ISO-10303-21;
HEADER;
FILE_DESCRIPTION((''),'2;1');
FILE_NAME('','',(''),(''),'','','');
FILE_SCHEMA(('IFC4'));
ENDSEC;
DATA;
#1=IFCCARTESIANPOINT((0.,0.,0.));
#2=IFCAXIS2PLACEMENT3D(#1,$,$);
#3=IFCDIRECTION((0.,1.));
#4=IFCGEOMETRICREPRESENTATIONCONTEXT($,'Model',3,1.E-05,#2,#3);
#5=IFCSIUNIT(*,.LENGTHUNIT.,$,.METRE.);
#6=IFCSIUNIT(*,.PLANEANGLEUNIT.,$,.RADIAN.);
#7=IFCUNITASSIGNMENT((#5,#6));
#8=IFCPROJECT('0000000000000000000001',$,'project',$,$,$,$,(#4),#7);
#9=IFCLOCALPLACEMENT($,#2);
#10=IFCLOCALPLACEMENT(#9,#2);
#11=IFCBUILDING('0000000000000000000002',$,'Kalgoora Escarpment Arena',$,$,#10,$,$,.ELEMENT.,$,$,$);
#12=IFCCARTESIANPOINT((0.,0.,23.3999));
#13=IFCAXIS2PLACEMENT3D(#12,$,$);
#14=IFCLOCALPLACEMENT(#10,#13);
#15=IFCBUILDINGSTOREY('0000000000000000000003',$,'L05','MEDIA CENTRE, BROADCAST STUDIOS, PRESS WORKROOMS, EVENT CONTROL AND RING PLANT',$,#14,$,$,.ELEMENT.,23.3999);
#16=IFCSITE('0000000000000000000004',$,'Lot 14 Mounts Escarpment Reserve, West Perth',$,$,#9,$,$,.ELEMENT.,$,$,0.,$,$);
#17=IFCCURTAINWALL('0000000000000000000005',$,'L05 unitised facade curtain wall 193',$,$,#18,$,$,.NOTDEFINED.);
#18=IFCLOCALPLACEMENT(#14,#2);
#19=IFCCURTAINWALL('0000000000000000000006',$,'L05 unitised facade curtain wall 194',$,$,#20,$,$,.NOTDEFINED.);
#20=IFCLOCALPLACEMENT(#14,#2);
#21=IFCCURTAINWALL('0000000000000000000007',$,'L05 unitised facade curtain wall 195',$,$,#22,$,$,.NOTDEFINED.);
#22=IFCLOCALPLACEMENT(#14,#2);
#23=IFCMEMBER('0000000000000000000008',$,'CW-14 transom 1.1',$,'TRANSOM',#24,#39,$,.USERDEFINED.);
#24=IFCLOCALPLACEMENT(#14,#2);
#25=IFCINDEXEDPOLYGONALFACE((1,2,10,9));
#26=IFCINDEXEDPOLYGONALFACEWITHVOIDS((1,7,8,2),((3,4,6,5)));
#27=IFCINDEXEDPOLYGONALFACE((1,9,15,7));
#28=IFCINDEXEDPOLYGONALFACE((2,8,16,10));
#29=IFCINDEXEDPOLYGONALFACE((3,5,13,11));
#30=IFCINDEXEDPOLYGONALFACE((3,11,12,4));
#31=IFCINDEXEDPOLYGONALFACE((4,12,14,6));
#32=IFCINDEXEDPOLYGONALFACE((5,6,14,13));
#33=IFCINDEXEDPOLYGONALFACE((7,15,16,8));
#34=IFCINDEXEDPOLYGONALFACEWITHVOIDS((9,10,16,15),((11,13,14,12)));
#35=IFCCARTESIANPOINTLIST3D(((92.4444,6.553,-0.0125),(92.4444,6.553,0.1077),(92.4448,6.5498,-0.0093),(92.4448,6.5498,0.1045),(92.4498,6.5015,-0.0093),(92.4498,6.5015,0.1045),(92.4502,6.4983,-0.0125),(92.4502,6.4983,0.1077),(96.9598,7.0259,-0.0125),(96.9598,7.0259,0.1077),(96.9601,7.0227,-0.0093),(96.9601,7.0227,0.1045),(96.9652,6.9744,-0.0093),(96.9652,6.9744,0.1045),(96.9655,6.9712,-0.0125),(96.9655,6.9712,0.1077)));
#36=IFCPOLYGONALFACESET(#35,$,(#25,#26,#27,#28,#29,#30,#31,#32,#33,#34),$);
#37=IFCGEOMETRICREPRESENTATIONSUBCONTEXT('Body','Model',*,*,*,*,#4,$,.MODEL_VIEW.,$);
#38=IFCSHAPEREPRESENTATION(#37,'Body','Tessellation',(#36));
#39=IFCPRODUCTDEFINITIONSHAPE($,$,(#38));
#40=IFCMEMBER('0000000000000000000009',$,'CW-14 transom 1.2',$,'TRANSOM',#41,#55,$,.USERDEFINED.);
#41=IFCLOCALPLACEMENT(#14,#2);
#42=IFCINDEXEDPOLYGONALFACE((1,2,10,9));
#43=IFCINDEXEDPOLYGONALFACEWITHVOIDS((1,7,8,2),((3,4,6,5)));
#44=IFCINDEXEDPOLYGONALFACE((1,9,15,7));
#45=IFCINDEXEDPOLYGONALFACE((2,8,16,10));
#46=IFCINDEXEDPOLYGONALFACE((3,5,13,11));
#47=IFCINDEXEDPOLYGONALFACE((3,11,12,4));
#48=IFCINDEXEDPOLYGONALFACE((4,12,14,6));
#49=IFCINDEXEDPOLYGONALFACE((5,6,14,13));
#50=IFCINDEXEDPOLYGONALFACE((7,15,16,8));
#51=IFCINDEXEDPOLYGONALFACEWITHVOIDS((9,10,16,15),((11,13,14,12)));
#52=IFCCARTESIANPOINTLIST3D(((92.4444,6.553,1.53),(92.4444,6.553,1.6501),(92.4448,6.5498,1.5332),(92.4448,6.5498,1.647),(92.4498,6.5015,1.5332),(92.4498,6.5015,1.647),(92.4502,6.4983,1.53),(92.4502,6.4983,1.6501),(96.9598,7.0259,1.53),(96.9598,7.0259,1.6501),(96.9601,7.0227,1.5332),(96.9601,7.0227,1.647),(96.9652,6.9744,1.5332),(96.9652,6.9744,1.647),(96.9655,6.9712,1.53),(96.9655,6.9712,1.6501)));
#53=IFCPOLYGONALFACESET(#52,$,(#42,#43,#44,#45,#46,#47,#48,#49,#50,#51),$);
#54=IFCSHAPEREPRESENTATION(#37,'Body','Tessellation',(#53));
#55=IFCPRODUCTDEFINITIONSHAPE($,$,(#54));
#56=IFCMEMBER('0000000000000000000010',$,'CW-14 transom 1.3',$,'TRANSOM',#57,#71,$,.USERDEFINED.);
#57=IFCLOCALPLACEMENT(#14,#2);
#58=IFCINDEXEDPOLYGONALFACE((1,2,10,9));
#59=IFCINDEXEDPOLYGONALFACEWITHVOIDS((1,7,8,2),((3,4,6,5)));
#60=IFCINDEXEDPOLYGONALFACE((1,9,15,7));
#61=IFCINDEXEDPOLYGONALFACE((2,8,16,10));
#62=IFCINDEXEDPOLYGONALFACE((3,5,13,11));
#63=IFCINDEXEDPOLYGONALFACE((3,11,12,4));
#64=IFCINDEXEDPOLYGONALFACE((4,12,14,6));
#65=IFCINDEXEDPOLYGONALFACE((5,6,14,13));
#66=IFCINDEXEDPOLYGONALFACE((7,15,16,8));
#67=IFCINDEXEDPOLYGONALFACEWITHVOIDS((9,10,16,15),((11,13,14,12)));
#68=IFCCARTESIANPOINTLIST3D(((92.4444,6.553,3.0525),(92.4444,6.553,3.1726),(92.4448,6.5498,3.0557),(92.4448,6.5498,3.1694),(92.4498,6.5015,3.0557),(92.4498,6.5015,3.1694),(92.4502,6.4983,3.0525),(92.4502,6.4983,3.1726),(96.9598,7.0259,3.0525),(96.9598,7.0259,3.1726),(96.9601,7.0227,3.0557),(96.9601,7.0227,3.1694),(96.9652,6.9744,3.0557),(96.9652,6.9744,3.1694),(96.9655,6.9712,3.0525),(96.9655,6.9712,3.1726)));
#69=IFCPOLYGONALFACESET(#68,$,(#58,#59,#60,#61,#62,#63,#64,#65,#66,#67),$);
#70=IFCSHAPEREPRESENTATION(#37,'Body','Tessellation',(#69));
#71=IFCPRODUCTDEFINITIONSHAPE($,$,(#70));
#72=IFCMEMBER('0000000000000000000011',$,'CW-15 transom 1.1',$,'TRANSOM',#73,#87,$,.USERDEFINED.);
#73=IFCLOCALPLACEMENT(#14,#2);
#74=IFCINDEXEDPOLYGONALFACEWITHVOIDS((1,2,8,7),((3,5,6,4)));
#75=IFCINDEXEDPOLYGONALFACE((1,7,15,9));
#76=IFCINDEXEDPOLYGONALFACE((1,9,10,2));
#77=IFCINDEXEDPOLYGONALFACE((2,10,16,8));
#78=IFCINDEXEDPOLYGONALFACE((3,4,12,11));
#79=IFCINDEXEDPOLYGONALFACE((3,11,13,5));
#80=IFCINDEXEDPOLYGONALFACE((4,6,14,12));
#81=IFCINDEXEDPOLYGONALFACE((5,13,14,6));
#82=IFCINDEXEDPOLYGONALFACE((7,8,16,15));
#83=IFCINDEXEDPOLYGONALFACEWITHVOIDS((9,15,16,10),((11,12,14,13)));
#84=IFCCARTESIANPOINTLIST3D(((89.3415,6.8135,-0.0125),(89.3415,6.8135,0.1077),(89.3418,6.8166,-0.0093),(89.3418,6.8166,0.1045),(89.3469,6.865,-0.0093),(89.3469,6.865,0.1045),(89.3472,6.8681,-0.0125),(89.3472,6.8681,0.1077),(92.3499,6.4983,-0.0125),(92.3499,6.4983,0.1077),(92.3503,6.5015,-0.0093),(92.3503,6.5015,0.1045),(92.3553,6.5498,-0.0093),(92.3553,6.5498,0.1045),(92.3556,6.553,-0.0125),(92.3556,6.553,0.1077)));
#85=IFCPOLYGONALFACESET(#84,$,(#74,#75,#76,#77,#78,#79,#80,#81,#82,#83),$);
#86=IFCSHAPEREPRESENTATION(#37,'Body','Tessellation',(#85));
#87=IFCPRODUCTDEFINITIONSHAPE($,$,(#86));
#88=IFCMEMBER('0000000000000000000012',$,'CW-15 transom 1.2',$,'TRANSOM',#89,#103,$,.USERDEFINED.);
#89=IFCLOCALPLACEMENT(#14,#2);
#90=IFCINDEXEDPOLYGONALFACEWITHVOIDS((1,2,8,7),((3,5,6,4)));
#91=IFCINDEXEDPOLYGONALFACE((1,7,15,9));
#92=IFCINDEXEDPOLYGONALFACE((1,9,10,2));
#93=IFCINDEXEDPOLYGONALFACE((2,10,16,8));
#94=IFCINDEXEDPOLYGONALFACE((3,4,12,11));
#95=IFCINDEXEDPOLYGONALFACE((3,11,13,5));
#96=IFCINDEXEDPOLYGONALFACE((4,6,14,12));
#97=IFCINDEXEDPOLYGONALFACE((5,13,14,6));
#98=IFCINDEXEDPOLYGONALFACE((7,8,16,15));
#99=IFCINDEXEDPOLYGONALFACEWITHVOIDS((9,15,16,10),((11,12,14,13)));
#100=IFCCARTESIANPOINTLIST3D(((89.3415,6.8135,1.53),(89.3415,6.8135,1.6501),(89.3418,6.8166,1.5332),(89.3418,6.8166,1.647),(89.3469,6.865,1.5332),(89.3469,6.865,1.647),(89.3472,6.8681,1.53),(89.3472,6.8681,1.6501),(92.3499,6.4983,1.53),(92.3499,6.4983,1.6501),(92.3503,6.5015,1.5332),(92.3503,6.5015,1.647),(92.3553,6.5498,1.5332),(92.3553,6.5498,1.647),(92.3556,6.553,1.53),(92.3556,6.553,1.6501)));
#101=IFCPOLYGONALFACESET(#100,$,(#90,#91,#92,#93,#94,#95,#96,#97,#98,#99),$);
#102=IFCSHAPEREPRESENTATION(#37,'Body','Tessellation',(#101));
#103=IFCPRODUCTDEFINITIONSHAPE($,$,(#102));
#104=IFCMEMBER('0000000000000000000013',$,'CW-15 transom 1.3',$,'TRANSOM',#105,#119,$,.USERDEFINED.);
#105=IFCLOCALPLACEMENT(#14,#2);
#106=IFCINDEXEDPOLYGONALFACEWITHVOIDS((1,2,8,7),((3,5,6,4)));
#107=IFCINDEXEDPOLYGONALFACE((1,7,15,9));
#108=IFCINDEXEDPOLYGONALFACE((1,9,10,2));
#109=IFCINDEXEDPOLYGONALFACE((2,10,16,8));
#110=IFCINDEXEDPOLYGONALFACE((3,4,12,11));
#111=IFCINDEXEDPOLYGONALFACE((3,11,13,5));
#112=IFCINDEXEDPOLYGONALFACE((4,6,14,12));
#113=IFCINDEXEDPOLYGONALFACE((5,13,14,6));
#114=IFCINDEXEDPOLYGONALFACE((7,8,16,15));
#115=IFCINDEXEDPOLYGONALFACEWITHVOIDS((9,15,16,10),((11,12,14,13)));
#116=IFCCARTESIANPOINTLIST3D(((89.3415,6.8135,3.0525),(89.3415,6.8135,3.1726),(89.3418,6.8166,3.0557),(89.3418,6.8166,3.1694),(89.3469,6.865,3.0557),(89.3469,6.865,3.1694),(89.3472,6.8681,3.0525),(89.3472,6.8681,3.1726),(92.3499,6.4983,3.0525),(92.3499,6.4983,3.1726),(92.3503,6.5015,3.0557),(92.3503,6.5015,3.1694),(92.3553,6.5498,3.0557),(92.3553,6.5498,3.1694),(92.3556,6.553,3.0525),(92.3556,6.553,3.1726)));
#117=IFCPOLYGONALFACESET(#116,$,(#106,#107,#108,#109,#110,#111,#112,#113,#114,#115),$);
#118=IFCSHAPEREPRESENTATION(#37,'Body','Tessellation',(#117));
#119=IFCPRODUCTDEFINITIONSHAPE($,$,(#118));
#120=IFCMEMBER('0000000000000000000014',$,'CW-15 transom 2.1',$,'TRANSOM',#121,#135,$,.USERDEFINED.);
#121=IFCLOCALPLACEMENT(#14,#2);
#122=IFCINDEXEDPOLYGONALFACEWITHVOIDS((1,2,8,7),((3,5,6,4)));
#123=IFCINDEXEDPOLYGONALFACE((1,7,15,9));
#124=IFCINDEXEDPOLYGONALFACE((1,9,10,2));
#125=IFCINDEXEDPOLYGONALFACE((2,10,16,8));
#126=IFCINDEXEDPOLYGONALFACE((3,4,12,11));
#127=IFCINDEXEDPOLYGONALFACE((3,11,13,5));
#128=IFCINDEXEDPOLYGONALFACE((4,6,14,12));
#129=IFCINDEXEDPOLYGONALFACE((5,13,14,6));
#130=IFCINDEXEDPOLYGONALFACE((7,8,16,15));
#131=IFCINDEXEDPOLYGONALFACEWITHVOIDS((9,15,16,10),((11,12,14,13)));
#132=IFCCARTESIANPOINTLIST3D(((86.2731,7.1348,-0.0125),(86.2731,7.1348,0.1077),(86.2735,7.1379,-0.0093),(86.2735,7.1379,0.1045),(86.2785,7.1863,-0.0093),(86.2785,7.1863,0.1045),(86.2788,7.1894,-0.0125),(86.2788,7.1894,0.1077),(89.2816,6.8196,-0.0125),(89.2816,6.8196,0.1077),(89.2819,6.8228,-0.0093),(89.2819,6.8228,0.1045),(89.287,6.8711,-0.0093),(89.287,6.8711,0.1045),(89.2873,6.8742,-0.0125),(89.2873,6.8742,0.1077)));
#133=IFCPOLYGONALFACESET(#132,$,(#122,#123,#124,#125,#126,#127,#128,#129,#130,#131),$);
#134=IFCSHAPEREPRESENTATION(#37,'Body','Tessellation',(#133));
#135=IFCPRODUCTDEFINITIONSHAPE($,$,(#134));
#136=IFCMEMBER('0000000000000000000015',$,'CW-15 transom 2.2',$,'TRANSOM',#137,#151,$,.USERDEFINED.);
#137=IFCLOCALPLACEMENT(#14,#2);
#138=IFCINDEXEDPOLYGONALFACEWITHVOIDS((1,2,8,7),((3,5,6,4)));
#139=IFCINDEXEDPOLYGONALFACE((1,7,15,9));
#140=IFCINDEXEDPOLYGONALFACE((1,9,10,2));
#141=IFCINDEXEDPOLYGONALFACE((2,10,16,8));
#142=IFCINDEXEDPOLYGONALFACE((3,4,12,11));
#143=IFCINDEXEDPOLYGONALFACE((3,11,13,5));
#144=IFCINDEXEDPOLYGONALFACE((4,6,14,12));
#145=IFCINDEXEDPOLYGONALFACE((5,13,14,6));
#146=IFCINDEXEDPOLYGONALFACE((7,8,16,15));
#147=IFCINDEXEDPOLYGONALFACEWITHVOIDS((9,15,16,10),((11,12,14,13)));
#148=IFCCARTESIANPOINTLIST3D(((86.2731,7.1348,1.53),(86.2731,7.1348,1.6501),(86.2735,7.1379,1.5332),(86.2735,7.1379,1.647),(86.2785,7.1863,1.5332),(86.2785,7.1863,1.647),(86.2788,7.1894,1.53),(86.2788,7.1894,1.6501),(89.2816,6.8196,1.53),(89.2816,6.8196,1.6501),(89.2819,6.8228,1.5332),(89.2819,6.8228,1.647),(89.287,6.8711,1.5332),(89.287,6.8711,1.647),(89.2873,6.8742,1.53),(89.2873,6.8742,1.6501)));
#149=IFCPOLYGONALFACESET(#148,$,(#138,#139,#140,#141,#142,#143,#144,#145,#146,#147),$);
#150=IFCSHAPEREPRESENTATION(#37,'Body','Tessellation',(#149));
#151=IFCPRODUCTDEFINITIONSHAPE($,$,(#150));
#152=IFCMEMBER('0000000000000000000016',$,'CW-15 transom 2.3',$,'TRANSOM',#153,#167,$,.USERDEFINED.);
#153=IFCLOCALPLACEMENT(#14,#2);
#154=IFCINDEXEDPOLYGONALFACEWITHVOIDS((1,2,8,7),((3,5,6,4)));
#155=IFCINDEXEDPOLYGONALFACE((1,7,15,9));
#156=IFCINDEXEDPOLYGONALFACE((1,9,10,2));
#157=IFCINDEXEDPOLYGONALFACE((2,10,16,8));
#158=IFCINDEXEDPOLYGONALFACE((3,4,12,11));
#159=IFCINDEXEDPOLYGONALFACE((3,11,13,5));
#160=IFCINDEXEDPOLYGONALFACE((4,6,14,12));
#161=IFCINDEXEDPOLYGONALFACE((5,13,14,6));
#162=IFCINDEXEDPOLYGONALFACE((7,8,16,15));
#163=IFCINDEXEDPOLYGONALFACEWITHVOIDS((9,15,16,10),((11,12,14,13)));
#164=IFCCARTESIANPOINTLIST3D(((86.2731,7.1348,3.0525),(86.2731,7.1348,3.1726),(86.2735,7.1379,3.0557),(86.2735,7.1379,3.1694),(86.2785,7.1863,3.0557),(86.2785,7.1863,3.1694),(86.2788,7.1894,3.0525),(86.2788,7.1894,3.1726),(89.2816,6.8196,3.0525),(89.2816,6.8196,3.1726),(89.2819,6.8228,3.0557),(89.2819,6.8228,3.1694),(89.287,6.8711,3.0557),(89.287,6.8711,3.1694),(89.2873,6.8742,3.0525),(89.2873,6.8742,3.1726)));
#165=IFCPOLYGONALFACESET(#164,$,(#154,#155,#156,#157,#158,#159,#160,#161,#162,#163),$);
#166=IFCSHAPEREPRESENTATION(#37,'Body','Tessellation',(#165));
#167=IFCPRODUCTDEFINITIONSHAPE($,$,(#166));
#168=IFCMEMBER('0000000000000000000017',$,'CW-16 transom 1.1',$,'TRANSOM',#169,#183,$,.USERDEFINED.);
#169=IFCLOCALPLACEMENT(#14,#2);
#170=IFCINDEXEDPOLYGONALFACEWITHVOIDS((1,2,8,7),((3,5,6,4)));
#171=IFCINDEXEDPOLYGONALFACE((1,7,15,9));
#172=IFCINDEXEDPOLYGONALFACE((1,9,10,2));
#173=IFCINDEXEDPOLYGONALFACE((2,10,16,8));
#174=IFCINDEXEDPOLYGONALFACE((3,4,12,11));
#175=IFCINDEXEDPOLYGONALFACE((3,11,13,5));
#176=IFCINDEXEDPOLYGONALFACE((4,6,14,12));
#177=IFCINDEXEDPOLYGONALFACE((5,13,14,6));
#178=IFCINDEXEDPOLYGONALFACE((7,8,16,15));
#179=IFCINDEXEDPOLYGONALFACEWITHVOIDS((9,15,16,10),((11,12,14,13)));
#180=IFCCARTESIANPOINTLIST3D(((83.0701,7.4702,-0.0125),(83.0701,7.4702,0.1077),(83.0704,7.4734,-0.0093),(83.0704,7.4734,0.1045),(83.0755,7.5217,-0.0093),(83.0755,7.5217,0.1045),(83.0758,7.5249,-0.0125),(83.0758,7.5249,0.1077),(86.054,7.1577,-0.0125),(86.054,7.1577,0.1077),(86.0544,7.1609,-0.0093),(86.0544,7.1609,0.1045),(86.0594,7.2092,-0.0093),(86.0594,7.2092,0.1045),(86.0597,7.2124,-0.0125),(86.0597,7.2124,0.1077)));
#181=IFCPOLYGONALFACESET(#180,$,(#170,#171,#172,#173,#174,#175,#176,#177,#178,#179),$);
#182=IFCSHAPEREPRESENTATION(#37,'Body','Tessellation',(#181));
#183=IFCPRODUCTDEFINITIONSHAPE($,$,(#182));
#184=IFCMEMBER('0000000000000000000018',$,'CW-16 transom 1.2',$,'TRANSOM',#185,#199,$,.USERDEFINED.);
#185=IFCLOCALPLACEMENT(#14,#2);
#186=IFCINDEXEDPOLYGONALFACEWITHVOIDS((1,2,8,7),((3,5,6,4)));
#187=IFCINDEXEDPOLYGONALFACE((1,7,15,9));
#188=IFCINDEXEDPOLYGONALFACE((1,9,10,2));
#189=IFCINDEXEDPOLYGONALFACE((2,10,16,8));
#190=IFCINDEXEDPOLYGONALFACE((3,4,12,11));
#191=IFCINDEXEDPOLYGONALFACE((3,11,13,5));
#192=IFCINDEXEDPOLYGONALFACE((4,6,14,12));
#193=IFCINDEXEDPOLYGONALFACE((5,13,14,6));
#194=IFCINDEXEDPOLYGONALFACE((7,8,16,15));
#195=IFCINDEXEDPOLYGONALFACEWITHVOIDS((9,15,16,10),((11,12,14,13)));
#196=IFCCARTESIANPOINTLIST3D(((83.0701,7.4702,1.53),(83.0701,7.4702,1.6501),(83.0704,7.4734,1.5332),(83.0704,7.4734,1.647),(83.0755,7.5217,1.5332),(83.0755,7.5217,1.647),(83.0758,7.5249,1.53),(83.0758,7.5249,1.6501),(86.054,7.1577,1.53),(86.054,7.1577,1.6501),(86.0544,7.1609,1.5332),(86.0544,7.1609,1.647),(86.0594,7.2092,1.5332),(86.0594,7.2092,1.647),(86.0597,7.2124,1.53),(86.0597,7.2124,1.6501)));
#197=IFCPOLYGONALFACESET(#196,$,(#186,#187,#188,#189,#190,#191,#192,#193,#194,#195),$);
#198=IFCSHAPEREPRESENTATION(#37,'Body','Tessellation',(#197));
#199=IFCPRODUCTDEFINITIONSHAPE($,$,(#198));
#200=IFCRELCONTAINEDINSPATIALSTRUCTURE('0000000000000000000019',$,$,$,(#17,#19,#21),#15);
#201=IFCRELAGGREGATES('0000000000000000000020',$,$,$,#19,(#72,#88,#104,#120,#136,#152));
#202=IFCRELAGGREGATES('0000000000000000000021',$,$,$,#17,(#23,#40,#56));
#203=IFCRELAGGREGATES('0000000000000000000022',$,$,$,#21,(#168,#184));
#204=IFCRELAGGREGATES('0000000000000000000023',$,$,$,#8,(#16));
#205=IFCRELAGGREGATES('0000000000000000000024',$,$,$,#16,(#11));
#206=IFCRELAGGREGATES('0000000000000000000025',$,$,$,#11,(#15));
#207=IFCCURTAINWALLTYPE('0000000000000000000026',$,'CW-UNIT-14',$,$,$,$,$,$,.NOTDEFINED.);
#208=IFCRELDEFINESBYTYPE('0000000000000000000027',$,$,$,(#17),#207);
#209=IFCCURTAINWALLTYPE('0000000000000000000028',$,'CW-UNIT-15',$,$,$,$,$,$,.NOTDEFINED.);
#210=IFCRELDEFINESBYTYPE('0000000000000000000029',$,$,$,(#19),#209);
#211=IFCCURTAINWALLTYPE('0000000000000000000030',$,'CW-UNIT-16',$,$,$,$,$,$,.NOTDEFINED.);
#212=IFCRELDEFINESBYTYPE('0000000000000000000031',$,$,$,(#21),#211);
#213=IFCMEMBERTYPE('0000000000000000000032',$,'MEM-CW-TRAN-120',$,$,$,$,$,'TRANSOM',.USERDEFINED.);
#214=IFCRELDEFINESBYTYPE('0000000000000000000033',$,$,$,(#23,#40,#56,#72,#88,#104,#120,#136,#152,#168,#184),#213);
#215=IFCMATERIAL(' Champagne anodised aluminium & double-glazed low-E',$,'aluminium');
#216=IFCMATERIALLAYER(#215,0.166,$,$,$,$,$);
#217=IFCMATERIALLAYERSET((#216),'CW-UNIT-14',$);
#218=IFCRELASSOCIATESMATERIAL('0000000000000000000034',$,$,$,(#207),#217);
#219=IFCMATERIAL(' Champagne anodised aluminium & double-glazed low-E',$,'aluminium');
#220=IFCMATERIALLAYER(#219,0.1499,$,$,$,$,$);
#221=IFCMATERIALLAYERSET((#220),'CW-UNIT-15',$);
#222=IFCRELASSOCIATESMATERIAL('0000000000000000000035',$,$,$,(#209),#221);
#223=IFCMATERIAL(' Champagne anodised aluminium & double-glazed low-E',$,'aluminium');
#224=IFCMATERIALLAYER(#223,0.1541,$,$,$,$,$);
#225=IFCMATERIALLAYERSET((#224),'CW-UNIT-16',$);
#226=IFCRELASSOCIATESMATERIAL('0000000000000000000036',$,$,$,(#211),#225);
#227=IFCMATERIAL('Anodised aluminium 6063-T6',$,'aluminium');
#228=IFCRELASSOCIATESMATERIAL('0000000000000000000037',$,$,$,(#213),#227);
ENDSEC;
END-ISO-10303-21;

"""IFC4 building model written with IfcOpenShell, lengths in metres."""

from ifc_helpers import new_model, si_unit, direction, frame, origin, origin_2d, place, context, subcontext, project, spatial, hollow_rectangle, extrude, material, layer, layer_set, material_profile, profile_set, type_object, element, aggregate, save


model = new_model("IFC4")

# Units and contexts
model_context = context("Model", 3, precision=1e-05, world=origin(), true_north=direction((0.0, 1.0)))
body_context = subcontext(model_context, "Body", "Model", "MODEL_VIEW")
ifc_project = project(units=[si_unit("LENGTHUNIT", "METRE"), si_unit("PLANEANGLEUNIT", "RADIAN")], contexts=[model_context])

# Site, building, storey
site_placement = place(None, origin())
site = spatial("IfcSite", under=ifc_project, at=site_placement, Name="Lot 14 Mounts Escarpment Reserve, West Perth", CompositionType="ELEMENT", RefElevation=0.0)
building_placement = place(site_placement, origin())
building = spatial("IfcBuilding", under=site, at=building_placement, Name="Kalgoora Escarpment Arena", CompositionType="ELEMENT")
storey_placement = place(building_placement, frame((0.0, 0.0, 23.3999)))
storey = spatial("IfcBuildingStorey", under=building, at=storey_placement, Name="L05", Description="MEDIA CENTRE, BROADCAST STUDIOS, PRESS WORKROOMS, EVENT CONTROL AND RING PLANT", CompositionType="ELEMENT", Elevation=23.3999)

# Curtain walls
ifc_material_1 = material(Name=" Champagne anodised aluminium & double-glazed low-E", Category="aluminium")
ifc_layer_1 = layer(ifc_material_1, 0.166)
ifc_layer_set_1 = layer_set([ifc_layer_1], Name="CW-UNIT-14")
curtain_wall_type_1 = type_object("IfcCurtainWallType", Name="CW-UNIT-14", PredefinedType="NOTDEFINED", material=ifc_layer_set_1)
curtain_wall_1_placement = place(storey_placement, origin())
curtain_wall_1 = element("IfcCurtainWall", 1, at=curtain_wall_1_placement, inside=storey, type_object=curtain_wall_type_1, Name="L05 unitised facade curtain wall 193", PredefinedType="NOTDEFINED")
ifc_material_2 = material(Name=" Champagne anodised aluminium & double-glazed low-E", Category="aluminium")
ifc_layer_2 = layer(ifc_material_2, 0.1499)
ifc_layer_set_2 = layer_set([ifc_layer_2], Name="CW-UNIT-15")
curtain_wall_type_2 = type_object("IfcCurtainWallType", Name="CW-UNIT-15", PredefinedType="NOTDEFINED", material=ifc_layer_set_2)
curtain_wall_2_placement = place(storey_placement, origin())
curtain_wall_2 = element("IfcCurtainWall", 2, at=curtain_wall_2_placement, inside=storey, type_object=curtain_wall_type_2, Name="L05 unitised facade curtain wall 194", PredefinedType="NOTDEFINED")

# Curtain wall
ifc_material_3 = material(Name=" Champagne anodised aluminium & double-glazed low-E", Category="aluminium")
ifc_layer_3 = layer(ifc_material_3, 0.1541)
ifc_layer_set_3 = layer_set([ifc_layer_3], Name="CW-UNIT-16")
curtain_wall_type_3 = type_object("IfcCurtainWallType", Name="CW-UNIT-16", PredefinedType="NOTDEFINED", material=ifc_layer_set_3)
curtain_wall_3_placement = place(storey_placement, origin())
curtain_wall_3 = element("IfcCurtainWall", 3, at=curtain_wall_3_placement, inside=storey, type_object=curtain_wall_type_3, Name="L05 unitised facade curtain wall 195", PredefinedType="NOTDEFINED")

# Members
ifc_material_4 = material(Name="Anodised aluminium 6063-T6", Category="aluminium")
ifc_material_profile_1 = material_profile(ifc_material_4, hollow_rectangle(XDim=0.0549, YDim=0.1201, WallThickness=0.0032, at=origin_2d()))
ifc_profile_set_1 = profile_set([ifc_material_profile_1], Name="Anodised aluminium 6063-T6")
member_type_1 = type_object("IfcMemberType", Name="MEM-CW-TRAN-120", ElementType="TRANSOM", PredefinedType="USERDEFINED", material=ifc_profile_set_1)
member_1_placement = place(storey_placement, frame((96.9626, 6.9985, 0.0476), z_axis=(-0.99456, -0.104161, 0.0), x_axis=(0.104161, -0.99456, 0.0)))
member_1 = element("IfcMember", 4, at=member_1_placement, type_object=member_type_1, Name="CW-14 transom 1.1", ObjectType="TRANSOM", PredefinedType="USERDEFINED", context=body_context, shape_type="SweptSolid", body=[
    extrude(hollow_rectangle(XDim=0.0549, YDim=0.1201, WallThickness=0.0032, at=origin_2d()), origin(), (0.0, 0.0, 1.0), 4.54),
])
member_2_placement = place(storey_placement, frame((96.9626, 6.9985, 1.5901), z_axis=(-0.99456, -0.104161, 0.0), x_axis=(0.104161, -0.99456, 0.0)))
member_2 = element("IfcMember", 5, at=member_2_placement, type_object=member_type_1, Name="CW-14 transom 1.2", ObjectType="TRANSOM", PredefinedType="USERDEFINED", context=body_context, shape_type="SweptSolid", body=[
    extrude(hollow_rectangle(XDim=0.0549, YDim=0.1201, WallThickness=0.0032, at=origin_2d()), origin(), (0.0, 0.0, 1.0), 4.54),
])
member_3_placement = place(storey_placement, frame((96.9626, 6.9985, 3.1125), z_axis=(-0.99456, -0.104161, 0.0), x_axis=(0.104161, -0.99456, 0.0)))
member_3 = element("IfcMember", 6, at=member_3_placement, type_object=member_type_1, Name="CW-14 transom 1.3", ObjectType="TRANSOM", PredefinedType="USERDEFINED", context=body_context, shape_type="SweptSolid", body=[
    extrude(hollow_rectangle(XDim=0.0549, YDim=0.1201, WallThickness=0.0032, at=origin_2d()), origin(), (0.0, 0.0, 1.0), 4.54),
])
member_4_placement = place(storey_placement, frame((92.3528, 6.5256, 0.0476), z_axis=(-0.994557, 0.104193, 0.0), x_axis=(-0.104193, -0.994557, 0.0)))
member_4 = element("IfcMember", 7, at=member_4_placement, type_object=member_type_1, Name="CW-15 transom 1.1", ObjectType="TRANSOM", PredefinedType="USERDEFINED", context=body_context, shape_type="SweptSolid", body=[
    extrude(hollow_rectangle(XDim=0.0549, YDim=0.1201, WallThickness=0.0032, at=origin_2d()), origin(), (0.0, 0.0, 1.0), 3.0249),
])
member_5_placement = place(storey_placement, frame((92.3528, 6.5256, 1.5901), z_axis=(-0.994557, 0.104193, 0.0), x_axis=(-0.104193, -0.994557, 0.0)))
member_5 = element("IfcMember", 8, at=member_5_placement, type_object=member_type_1, Name="CW-15 transom 1.2", ObjectType="TRANSOM", PredefinedType="USERDEFINED", context=body_context, shape_type="SweptSolid", body=[
    extrude(hollow_rectangle(XDim=0.0549, YDim=0.1201, WallThickness=0.0032, at=origin_2d()), origin(), (0.0, 0.0, 1.0), 3.0249),
])
member_6_placement = place(storey_placement, frame((92.3528, 6.5256, 3.1125), z_axis=(-0.994557, 0.104193, 0.0), x_axis=(-0.104193, -0.994557, 0.0)))
member_6 = element("IfcMember", 9, at=member_6_placement, type_object=member_type_1, Name="CW-15 transom 1.3", ObjectType="TRANSOM", PredefinedType="USERDEFINED", context=body_context, shape_type="SweptSolid", body=[
    extrude(hollow_rectangle(XDim=0.0549, YDim=0.1201, WallThickness=0.0032, at=origin_2d()), origin(), (0.0, 0.0, 1.0), 3.0249),
])
member_7_placement = place(storey_placement, frame((89.2844, 6.8469, 0.0476), z_axis=(-0.994557, 0.104193, 0.0), x_axis=(-0.104193, -0.994557, 0.0)))
member_7 = element("IfcMember", 10, at=member_7_placement, type_object=member_type_1, Name="CW-15 transom 2.1", ObjectType="TRANSOM", PredefinedType="USERDEFINED", context=body_context, shape_type="SweptSolid", body=[
    extrude(hollow_rectangle(XDim=0.0549, YDim=0.1201, WallThickness=0.0032, at=origin_2d()), origin(), (0.0, 0.0, 1.0), 3.0249),
])
member_8_placement = place(storey_placement, frame((89.2844, 6.8469, 1.5901), z_axis=(-0.994557, 0.104193, 0.0), x_axis=(-0.104193, -0.994557, 0.0)))
member_8 = element("IfcMember", 11, at=member_8_placement, type_object=member_type_1, Name="CW-15 transom 2.2", ObjectType="TRANSOM", PredefinedType="USERDEFINED", context=body_context, shape_type="SweptSolid", body=[
    extrude(hollow_rectangle(XDim=0.0549, YDim=0.1201, WallThickness=0.0032, at=origin_2d()), origin(), (0.0, 0.0, 1.0), 3.0249),
])
member_9_placement = place(storey_placement, frame((89.2844, 6.8469, 3.1125), z_axis=(-0.994557, 0.104193, 0.0), x_axis=(-0.104193, -0.994557, 0.0)))
member_9 = element("IfcMember", 12, at=member_9_placement, type_object=member_type_1, Name="CW-15 transom 2.3", ObjectType="TRANSOM", PredefinedType="USERDEFINED", context=body_context, shape_type="SweptSolid", body=[
    extrude(hollow_rectangle(XDim=0.0549, YDim=0.1201, WallThickness=0.0032, at=origin_2d()), origin(), (0.0, 0.0, 1.0), 3.0249),
])
member_10_placement = place(storey_placement, frame((86.0569, 7.1851, 0.0476), z_axis=(-0.994561, 0.10416, 0.0), x_axis=(-0.10416, -0.994561, 0.0)))
member_10 = element("IfcMember", 13, at=member_10_placement, type_object=member_type_1, Name="CW-16 transom 1.1", ObjectType="TRANSOM", PredefinedType="USERDEFINED", context=body_context, shape_type="SweptSolid", body=[
    extrude(hollow_rectangle(XDim=0.0549, YDim=0.1201, WallThickness=0.0032, at=origin_2d()), origin(), (0.0, 0.0, 1.0), 3.0002),
])
member_11_placement = place(storey_placement, frame((86.0569, 7.1851, 1.5901), z_axis=(-0.994561, 0.10416, 0.0), x_axis=(-0.10416, -0.994561, 0.0)))
member_11 = element("IfcMember", 14, at=member_11_placement, type_object=member_type_1, Name="CW-16 transom 1.2", ObjectType="TRANSOM", PredefinedType="USERDEFINED", context=body_context, shape_type="SweptSolid", body=[
    extrude(hollow_rectangle(XDim=0.0549, YDim=0.1201, WallThickness=0.0032, at=origin_2d()), origin(), (0.0, 0.0, 1.0), 3.0002),
])

aggregate(curtain_wall_2, [member_4, member_5, member_6, member_7, member_8, member_9])
aggregate(curtain_wall_1, [member_1, member_2, member_3])
aggregate(curtain_wall_3, [member_10, member_11])

save(model, "model.ifc")
